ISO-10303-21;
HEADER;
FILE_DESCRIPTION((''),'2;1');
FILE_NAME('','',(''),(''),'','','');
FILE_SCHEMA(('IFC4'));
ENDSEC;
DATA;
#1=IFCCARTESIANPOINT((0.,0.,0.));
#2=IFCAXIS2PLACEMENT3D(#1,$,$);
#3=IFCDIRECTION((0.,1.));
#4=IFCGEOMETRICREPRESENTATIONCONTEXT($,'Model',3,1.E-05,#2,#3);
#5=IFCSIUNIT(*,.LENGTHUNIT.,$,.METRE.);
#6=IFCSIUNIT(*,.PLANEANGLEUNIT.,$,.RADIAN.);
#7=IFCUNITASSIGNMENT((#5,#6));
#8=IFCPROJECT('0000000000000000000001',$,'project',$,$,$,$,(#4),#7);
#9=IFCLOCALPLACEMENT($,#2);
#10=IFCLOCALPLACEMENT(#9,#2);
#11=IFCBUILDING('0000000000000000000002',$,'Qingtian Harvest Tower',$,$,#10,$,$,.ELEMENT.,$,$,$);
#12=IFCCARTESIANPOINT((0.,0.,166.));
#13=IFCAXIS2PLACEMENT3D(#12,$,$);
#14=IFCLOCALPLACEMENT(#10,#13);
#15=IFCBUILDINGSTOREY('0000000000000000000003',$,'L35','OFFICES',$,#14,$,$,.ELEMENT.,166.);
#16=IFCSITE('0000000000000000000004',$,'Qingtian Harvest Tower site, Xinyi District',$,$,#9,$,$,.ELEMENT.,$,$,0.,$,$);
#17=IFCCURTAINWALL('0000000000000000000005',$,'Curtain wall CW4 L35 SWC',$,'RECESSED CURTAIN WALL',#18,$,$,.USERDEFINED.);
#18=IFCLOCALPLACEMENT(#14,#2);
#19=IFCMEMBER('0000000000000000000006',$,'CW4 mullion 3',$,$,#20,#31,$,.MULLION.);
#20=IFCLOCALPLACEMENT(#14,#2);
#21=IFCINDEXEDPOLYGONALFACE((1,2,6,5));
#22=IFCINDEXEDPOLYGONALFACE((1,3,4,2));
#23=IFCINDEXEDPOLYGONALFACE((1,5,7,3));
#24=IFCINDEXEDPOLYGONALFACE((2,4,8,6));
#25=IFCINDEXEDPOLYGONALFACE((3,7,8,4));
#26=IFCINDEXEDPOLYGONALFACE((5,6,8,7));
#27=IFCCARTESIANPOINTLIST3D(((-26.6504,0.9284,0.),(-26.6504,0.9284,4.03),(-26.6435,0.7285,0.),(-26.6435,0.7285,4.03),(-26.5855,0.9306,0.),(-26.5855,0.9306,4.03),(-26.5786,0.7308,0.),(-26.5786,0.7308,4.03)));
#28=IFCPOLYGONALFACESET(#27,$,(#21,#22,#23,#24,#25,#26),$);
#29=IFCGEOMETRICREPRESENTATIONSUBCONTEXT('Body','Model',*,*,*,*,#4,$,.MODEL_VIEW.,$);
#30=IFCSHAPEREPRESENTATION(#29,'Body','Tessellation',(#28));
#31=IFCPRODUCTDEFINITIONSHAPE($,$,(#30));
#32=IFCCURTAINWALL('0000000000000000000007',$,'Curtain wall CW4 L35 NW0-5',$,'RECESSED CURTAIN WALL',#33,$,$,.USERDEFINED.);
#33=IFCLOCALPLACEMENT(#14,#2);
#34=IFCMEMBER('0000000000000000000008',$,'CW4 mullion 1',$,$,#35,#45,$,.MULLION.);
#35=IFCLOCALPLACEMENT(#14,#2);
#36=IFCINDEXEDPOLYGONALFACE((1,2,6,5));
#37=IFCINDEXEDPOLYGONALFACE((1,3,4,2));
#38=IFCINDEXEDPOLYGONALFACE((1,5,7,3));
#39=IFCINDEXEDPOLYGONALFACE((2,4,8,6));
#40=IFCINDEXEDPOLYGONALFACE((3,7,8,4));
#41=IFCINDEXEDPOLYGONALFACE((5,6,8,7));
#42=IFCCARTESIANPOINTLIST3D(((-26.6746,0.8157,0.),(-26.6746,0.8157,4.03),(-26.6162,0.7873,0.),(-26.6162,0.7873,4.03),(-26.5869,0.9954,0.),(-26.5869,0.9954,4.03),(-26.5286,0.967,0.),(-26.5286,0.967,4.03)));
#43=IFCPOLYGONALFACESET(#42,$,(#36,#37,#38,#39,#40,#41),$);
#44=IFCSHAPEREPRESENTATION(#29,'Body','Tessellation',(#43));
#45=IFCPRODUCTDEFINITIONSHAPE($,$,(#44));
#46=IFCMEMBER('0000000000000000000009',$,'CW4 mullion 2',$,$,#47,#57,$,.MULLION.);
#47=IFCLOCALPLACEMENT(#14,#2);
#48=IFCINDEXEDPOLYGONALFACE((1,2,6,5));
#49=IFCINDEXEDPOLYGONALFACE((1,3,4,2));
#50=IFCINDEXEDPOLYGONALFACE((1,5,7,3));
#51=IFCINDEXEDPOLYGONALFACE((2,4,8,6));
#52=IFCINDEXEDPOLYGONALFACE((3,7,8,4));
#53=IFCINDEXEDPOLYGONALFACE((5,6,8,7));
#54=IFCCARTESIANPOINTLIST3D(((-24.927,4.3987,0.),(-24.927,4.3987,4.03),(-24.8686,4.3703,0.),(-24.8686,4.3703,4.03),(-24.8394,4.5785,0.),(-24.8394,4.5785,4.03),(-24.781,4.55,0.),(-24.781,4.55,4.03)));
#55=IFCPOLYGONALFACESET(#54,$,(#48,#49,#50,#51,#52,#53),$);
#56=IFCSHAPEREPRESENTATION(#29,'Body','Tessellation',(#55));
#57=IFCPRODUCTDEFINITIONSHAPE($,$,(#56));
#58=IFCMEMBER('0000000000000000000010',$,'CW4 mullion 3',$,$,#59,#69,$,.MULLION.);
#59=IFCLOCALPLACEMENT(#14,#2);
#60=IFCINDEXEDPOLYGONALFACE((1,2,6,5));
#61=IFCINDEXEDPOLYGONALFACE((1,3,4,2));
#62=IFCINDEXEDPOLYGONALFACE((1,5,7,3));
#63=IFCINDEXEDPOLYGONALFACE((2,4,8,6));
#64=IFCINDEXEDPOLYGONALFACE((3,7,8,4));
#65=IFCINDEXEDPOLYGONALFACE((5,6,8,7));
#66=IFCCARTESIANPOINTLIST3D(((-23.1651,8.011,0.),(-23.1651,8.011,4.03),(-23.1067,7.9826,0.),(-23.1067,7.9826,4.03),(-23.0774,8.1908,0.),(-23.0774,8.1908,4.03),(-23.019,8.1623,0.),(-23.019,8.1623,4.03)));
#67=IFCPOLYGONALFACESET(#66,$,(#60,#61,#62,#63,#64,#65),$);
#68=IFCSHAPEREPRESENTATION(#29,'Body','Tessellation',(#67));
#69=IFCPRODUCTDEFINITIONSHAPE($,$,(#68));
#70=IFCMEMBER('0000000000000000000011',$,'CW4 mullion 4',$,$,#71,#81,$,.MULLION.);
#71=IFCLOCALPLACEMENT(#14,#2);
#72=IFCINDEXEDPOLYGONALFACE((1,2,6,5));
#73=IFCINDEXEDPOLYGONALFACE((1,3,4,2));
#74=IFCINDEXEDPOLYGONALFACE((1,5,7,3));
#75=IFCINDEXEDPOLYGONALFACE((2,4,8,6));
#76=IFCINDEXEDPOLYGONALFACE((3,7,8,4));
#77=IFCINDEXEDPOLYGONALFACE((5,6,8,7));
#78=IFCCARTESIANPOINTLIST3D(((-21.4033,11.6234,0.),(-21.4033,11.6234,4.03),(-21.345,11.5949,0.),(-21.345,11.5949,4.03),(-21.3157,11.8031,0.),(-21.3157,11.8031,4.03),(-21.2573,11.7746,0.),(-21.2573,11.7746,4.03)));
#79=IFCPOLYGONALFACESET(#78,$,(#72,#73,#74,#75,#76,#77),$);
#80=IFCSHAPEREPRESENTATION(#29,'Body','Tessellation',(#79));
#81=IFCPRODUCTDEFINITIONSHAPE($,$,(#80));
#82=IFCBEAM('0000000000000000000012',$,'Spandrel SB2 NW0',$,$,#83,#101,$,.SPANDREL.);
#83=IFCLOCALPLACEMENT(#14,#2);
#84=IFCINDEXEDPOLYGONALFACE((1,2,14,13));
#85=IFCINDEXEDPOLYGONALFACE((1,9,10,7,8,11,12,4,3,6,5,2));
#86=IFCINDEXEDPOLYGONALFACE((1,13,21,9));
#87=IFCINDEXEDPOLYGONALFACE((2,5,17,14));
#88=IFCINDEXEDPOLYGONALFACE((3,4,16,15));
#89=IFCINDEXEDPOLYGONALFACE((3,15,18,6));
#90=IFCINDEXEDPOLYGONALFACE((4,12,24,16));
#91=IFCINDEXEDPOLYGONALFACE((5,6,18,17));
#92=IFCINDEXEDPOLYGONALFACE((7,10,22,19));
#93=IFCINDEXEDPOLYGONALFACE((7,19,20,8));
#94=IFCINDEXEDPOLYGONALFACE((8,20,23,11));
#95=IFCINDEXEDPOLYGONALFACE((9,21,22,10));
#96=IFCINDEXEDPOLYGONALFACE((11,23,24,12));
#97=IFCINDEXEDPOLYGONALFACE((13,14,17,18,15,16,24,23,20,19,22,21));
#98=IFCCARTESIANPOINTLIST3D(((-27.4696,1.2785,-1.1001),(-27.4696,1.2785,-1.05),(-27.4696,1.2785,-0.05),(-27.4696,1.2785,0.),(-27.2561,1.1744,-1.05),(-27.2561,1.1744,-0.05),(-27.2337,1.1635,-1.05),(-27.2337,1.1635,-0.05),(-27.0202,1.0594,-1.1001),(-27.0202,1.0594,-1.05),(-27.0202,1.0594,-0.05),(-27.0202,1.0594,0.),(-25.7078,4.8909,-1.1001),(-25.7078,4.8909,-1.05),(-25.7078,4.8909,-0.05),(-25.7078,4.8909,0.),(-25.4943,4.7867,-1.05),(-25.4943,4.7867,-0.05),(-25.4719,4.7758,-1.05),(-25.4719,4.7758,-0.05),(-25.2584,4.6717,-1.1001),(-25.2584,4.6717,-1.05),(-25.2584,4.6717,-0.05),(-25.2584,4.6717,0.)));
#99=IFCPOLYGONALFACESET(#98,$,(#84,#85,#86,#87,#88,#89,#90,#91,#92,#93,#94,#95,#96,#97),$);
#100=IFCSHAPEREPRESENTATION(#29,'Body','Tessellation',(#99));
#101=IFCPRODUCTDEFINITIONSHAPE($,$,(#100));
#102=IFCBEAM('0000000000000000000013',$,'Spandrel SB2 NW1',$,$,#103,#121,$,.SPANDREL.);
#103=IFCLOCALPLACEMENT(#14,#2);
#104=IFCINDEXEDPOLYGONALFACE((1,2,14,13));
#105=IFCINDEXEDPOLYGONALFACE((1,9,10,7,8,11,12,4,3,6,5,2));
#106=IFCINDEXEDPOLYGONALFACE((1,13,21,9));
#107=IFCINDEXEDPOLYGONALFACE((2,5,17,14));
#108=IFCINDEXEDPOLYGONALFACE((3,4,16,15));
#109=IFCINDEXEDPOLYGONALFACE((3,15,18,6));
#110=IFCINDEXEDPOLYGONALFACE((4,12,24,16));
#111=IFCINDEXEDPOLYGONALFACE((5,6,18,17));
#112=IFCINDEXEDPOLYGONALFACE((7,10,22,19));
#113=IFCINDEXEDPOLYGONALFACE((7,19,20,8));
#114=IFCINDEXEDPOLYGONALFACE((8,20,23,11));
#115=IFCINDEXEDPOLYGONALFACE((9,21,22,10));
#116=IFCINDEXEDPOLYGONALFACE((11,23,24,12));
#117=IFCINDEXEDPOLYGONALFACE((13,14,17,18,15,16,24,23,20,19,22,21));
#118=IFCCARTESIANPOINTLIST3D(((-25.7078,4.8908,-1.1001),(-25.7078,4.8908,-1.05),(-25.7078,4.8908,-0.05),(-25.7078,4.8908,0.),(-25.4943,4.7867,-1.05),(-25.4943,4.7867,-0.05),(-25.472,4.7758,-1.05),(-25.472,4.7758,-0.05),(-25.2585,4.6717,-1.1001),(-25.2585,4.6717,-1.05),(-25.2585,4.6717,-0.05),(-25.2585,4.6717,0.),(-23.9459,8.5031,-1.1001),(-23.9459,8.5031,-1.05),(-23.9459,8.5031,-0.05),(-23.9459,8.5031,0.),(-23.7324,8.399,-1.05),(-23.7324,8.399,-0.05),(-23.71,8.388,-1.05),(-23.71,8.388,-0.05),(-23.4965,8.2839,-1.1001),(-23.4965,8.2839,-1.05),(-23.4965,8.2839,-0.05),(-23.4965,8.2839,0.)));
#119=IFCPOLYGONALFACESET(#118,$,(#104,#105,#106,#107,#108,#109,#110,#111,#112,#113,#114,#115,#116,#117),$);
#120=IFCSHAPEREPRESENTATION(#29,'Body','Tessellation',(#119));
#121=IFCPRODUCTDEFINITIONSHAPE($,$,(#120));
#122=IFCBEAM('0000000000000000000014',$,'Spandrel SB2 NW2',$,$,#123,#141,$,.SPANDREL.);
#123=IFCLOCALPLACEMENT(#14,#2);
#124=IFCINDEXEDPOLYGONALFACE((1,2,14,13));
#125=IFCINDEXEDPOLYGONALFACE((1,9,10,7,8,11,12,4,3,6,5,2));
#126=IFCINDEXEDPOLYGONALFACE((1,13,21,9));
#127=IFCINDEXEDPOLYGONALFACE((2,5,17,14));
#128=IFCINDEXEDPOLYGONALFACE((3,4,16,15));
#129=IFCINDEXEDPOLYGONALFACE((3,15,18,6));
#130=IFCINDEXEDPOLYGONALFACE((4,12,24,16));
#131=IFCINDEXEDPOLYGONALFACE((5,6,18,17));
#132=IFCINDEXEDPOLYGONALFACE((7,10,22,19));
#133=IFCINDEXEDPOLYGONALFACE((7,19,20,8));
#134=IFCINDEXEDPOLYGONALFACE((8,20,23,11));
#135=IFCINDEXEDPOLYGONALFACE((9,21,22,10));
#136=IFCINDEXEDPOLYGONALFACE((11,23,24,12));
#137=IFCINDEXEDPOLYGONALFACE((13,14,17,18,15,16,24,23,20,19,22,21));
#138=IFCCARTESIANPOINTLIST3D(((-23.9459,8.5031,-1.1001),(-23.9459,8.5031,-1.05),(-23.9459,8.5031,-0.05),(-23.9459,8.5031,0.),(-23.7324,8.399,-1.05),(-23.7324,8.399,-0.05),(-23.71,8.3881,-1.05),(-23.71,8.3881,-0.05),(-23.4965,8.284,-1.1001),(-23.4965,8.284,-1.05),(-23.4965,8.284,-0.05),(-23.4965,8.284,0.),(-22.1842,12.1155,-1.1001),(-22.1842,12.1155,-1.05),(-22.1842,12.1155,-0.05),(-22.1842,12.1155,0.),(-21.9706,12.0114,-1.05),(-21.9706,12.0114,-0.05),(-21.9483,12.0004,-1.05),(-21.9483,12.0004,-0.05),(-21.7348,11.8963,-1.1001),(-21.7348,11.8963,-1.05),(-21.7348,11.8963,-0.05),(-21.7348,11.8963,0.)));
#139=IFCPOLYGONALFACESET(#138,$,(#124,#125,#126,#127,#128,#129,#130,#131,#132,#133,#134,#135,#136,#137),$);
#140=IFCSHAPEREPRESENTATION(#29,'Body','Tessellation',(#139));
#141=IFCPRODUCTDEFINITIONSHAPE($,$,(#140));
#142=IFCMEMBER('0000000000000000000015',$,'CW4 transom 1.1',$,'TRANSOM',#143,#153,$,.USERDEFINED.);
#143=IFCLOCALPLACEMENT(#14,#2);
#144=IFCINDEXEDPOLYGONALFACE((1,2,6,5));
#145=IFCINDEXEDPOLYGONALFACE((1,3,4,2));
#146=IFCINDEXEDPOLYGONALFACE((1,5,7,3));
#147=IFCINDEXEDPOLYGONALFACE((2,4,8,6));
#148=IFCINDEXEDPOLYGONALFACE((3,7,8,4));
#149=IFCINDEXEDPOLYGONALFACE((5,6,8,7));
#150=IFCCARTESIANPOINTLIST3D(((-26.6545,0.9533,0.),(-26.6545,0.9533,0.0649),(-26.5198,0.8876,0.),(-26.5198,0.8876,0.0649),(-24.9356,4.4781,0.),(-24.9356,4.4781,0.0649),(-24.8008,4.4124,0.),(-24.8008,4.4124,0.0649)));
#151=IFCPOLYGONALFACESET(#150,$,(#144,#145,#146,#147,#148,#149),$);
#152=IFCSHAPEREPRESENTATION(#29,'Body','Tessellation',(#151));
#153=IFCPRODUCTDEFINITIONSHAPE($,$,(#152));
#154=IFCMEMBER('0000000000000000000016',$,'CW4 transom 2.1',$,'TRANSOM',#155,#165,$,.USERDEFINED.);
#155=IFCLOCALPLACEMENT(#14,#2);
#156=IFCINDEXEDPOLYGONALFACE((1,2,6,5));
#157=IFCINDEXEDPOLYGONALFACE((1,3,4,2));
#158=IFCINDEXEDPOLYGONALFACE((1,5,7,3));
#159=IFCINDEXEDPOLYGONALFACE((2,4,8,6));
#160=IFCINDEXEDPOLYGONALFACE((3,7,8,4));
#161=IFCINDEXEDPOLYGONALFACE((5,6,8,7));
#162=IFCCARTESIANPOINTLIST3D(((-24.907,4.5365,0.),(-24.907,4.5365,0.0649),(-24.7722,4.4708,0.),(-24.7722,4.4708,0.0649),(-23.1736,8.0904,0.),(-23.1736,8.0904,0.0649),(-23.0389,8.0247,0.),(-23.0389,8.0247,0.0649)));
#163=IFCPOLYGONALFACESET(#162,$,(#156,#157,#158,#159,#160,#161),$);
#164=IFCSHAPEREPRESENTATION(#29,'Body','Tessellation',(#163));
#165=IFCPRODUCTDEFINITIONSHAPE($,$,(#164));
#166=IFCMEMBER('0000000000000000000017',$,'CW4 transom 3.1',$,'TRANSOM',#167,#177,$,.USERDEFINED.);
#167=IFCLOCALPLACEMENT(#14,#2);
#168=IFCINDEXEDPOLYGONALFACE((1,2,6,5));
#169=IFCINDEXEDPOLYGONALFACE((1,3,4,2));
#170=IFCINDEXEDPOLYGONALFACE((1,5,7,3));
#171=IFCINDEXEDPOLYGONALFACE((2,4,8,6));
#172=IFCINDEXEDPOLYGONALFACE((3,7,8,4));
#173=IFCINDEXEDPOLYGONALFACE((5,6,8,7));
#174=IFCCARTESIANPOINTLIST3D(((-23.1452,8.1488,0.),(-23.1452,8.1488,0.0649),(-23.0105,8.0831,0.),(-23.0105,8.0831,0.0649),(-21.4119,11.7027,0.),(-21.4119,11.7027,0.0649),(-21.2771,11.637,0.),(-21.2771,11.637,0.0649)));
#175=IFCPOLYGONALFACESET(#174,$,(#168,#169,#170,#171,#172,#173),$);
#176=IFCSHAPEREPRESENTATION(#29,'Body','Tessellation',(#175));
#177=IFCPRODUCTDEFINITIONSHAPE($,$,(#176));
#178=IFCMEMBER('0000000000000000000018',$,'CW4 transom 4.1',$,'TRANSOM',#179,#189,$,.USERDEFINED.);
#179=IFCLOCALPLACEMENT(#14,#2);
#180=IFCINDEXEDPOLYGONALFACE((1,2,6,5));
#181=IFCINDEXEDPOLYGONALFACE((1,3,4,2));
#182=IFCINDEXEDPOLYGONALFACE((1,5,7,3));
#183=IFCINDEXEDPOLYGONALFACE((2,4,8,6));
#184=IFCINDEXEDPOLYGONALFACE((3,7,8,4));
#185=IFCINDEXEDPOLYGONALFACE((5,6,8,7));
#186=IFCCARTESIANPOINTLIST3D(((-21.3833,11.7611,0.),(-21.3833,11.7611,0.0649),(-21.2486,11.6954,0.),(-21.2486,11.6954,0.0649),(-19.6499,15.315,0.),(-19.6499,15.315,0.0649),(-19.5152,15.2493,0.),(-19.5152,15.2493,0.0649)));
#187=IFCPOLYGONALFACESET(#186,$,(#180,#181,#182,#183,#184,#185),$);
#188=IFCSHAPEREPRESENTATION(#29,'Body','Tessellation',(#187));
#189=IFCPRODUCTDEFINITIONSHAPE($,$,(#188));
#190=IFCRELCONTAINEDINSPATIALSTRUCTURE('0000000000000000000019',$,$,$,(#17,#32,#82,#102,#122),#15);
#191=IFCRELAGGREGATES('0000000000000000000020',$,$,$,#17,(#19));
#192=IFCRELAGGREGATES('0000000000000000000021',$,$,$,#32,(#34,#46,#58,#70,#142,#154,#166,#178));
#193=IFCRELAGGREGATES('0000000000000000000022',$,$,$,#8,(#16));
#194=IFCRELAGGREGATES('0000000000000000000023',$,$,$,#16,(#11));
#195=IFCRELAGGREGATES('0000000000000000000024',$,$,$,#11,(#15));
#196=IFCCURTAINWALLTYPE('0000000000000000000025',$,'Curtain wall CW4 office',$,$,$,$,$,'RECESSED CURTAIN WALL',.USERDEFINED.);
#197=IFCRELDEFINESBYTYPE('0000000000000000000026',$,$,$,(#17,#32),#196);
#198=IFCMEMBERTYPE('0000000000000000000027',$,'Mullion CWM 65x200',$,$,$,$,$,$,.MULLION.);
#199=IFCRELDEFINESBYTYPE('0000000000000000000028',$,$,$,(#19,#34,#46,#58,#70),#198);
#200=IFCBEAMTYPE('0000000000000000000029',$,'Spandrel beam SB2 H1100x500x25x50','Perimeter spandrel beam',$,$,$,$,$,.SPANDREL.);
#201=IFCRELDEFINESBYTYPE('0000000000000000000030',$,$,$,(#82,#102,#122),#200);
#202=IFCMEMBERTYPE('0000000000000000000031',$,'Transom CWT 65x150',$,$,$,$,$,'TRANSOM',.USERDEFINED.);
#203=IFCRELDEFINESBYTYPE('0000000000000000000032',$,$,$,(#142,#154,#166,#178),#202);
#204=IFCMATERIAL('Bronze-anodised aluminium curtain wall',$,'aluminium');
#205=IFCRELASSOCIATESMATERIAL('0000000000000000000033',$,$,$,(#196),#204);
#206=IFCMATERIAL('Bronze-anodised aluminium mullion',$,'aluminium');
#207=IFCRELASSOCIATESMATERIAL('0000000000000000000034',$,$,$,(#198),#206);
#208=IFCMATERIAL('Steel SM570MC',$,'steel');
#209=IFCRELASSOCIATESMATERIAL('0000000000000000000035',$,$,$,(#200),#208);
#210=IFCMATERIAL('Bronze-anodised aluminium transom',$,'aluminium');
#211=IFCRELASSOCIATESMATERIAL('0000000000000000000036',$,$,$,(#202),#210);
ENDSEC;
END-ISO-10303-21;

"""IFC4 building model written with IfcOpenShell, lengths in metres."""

from ifc_helpers import new_model, si_unit, direction, frame, origin, origin_2d, place, context, subcontext, project, spatial, rectangle, i_section, extrude, material, material_profile, profile_set, type_object, element, aggregate, save


model = new_model("IFC4")

# Units and contexts
model_context = context("Model", 3, precision=1e-05, world=origin(), true_north=direction((0.0, 1.0)))
body_context = subcontext(model_context, "Body", "Model", "MODEL_VIEW")
ifc_project = project(units=[si_unit("LENGTHUNIT", "METRE"), si_unit("PLANEANGLEUNIT", "RADIAN")], contexts=[model_context])

# Site, building, storey
site_placement = place(None, origin())
site = spatial("IfcSite", under=ifc_project, at=site_placement, Name="Qingtian Harvest Tower site, Xinyi District", CompositionType="ELEMENT", RefElevation=0.0)
building_placement = place(site_placement, origin())
building = spatial("IfcBuilding", under=site, at=building_placement, Name="Qingtian Harvest Tower", CompositionType="ELEMENT")
storey_placement = place(building_placement, frame((0.0, 0.0, 166.0)))
storey = spatial("IfcBuildingStorey", under=building, at=storey_placement, Name="L35", Description="OFFICES", CompositionType="ELEMENT", Elevation=166.0)

# Curtain wall, member
ifc_material_1 = material(Name="Bronze-anodised aluminium curtain wall", Category="aluminium")
curtain_wall_type = type_object("IfcCurtainWallType", Name="Curtain wall CW4 office", ElementType="RECESSED CURTAIN WALL", PredefinedType="USERDEFINED", material=ifc_material_1)
curtain_wall_1_placement = place(storey_placement, origin())
curtain_wall_1 = element("IfcCurtainWall", 1, at=curtain_wall_1_placement, inside=storey, type_object=curtain_wall_type, Name="Curtain wall CW4 L35 SWC", ObjectType="RECESSED CURTAIN WALL", PredefinedType="USERDEFINED")
ifc_material_2 = material(Name="Bronze-anodised aluminium mullion", Category="aluminium")
ifc_material_profile_1 = material_profile(ifc_material_2, rectangle(XDim=0.0649, YDim=0.2, at=origin_2d()), Name="AL 65x200")
ifc_profile_set_1 = profile_set([ifc_material_profile_1], Name="Bronze-anodised aluminium mullion")
member_type_1 = type_object("IfcMemberType", Name="Mullion CWM 65x200", PredefinedType="MULLION", material=ifc_profile_set_1)
member_1_placement = place(storey_placement, frame((-26.6145, 0.8296, 0.0), z_axis=(0.0, 0.0, 1.0), x_axis=(-0.999391, -0.034899, 0.0)))
member_1 = element("IfcMember", 2, at=member_1_placement, type_object=member_type_1, Name="CW4 mullion 3", PredefinedType="MULLION", context=body_context, shape_type="SweptSolid", body=[
    extrude(rectangle(XDim=0.0649, YDim=0.2, at=origin_2d()), origin(), (0.0, 0.0, 1.0), 4.03),
])
aggregate(curtain_wall_1, [member_1])

# Curtain wall, members
curtain_wall_2_placement = place(storey_placement, origin())
curtain_wall_2 = element("IfcCurtainWall", 3, at=curtain_wall_2_placement, inside=storey, type_object=curtain_wall_type, Name="Curtain wall CW4 L35 NW0-5", ObjectType="RECESSED CURTAIN WALL", PredefinedType="USERDEFINED")
member_2_placement = place(storey_placement, frame((-26.6016, 0.8914, 0.0), z_axis=(0.0, 0.0, 1.0), x_axis=(-0.898794, 0.438371, 0.0)))
member_2 = element("IfcMember", 4, at=member_2_placement, type_object=member_type_1, Name="CW4 mullion 1", PredefinedType="MULLION", context=body_context, shape_type="SweptSolid", body=[
    extrude(rectangle(XDim=0.0649, YDim=0.2, at=origin_2d()), origin(), (0.0, 0.0, 1.0), 4.03),
])
member_3_placement = place(storey_placement, frame((-24.854, 4.4744, 0.0), z_axis=(0.0, 0.0, 1.0), x_axis=(-0.898794, 0.438371, 0.0)))
member_3 = element("IfcMember", 5, at=member_3_placement, type_object=member_type_1, Name="CW4 mullion 2", PredefinedType="MULLION", context=body_context, shape_type="SweptSolid", body=[
    extrude(rectangle(XDim=0.0649, YDim=0.2, at=origin_2d()), origin(), (0.0, 0.0, 1.0), 4.03),
])
member_4_placement = place(storey_placement, frame((-23.092, 8.0867, 0.0), z_axis=(0.0, 0.0, 1.0), x_axis=(-0.898794, 0.438371, 0.0)))
member_4 = element("IfcMember", 6, at=member_4_placement, type_object=member_type_1, Name="CW4 mullion 3", PredefinedType="MULLION", context=body_context, shape_type="SweptSolid", body=[
    extrude(rectangle(XDim=0.0649, YDim=0.2, at=origin_2d()), origin(), (0.0, 0.0, 1.0), 4.03),
])
member_5_placement = place(storey_placement, frame((-21.3303, 11.699, 0.0), z_axis=(0.0, 0.0, 1.0), x_axis=(-0.898794, 0.438371, 0.0)))
member_5 = element("IfcMember", 7, at=member_5_placement, type_object=member_type_1, Name="CW4 mullion 4", PredefinedType="MULLION", context=body_context, shape_type="SweptSolid", body=[
    extrude(rectangle(XDim=0.0649, YDim=0.2, at=origin_2d()), origin(), (0.0, 0.0, 1.0), 4.03),
])

# Beams
ifc_material_3 = material(Name="Steel SM570MC", Category="steel")
ifc_material_profile_2 = material_profile(ifc_material_3, i_section(OverallWidth=0.5, OverallDepth=1.1001, WebThickness=0.0249, FlangeThickness=0.05, at=origin_2d()), Name="H1100x500x25x50")
ifc_profile_set_2 = profile_set([ifc_material_profile_2], Name="Steel SM570MC")
beam_type_1 = type_object("IfcBeamType", Name="Spandrel beam SB2 H1100x500x25x50", Description="Perimeter spandrel beam", PredefinedType="SPANDREL", material=ifc_profile_set_2)
for number, where, z_axis, x_axis, name in (
    (8, (-27.2449, 1.1689, -0.55), (0.438347, 0.898806, 0.0), (-0.898806, 0.438347, 0.0), "Spandrel SB2 NW0"),
    (9, (-25.4832, 4.7812, -0.55), (0.438396, 0.898782, 0.0), (-0.898782, 0.438396, 0.0), "Spandrel SB2 NW1"),
    (10, (-23.7212, 8.3936, -0.55), (0.438347, 0.898806, 0.0), (-0.898806, 0.438347, 0.0), "Spandrel SB2 NW2"),
):
    element("IfcBeam", number, at=place(storey_placement, frame(where, z_axis=z_axis, x_axis=x_axis)), inside=storey, type_object=beam_type_1, Name=name, PredefinedType="SPANDREL", context=body_context, shape_type="SweptSolid", body=[
        extrude(i_section(OverallWidth=0.5, OverallDepth=1.1001, WebThickness=0.0249, FlangeThickness=0.05, at=origin_2d()), origin(), (0.0, 0.0, 1.0), 4.019),
    ])

# Members
ifc_material_4 = material(Name="Bronze-anodised aluminium transom", Category="aluminium")
ifc_material_profile_3 = material_profile(ifc_material_4, rectangle(XDim=0.1499, YDim=0.0649, at=origin_2d()), Name="AL 65x150")
ifc_profile_set_3 = profile_set([ifc_material_profile_3], Name="Bronze-anodised aluminium transom")
member_type_2 = type_object("IfcMemberType", Name="Transom CWT 65x150", ElementType="TRANSOM", PredefinedType="USERDEFINED", material=ifc_profile_set_3)
member_6_placement = place(storey_placement, frame((-26.5872, 0.9204, 0.0325), z_axis=(0.438327, 0.898816, 0.0), x_axis=(-0.898816, 0.438327, 0.0)))
member_6 = element("IfcMember", 11, at=member_6_placement, type_object=member_type_2, Name="CW4 transom 1.1", ObjectType="TRANSOM", PredefinedType="USERDEFINED", context=body_context, shape_type="SweptSolid", body=[
    extrude(rectangle(XDim=0.1499, YDim=0.0649, at=origin_2d()), origin(), (0.0, 0.0, 1.0), 3.9216),
])
member_7_placement = place(storey_placement, frame((-24.8396, 4.5037, 0.0325), z_axis=(0.438375, 0.898792, 0.0), x_axis=(-0.898792, 0.438375, 0.0)))
member_7 = element("IfcMember", 12, at=member_7_placement, type_object=member_type_2, Name="CW4 transom 2.1", ObjectType="TRANSOM", PredefinedType="USERDEFINED", context=body_context, shape_type="SweptSolid", body=[
    extrude(rectangle(XDim=0.1499, YDim=0.0649, at=origin_2d()), origin(), (0.0, 0.0, 1.0), 3.9541),
])
member_8_placement = place(storey_placement, frame((-23.0779, 8.116, 0.0325), z_axis=(0.438375, 0.898792, 0.0), x_axis=(-0.898792, 0.438375, 0.0)))
member_8 = element("IfcMember", 13, at=member_8_placement, type_object=member_type_2, Name="CW4 transom 3.1", ObjectType="TRANSOM", PredefinedType="USERDEFINED", context=body_context, shape_type="SweptSolid", body=[
    extrude(rectangle(XDim=0.1499, YDim=0.0649, at=origin_2d()), origin(), (0.0, 0.0, 1.0), 3.9541),
])
member_9_placement = place(storey_placement, frame((-21.3159, 11.7283, 0.0325), z_axis=(0.438375, 0.898792, 0.0), x_axis=(-0.898792, 0.438375, 0.0)))
member_9 = element("IfcMember", 14, at=member_9_placement, type_object=member_type_2, Name="CW4 transom 4.1", ObjectType="TRANSOM", PredefinedType="USERDEFINED", context=body_context, shape_type="SweptSolid", body=[
    extrude(rectangle(XDim=0.1499, YDim=0.0649, at=origin_2d()), origin(), (0.0, 0.0, 1.0), 3.9541),
])

aggregate(curtain_wall_2, [member_2, member_3, member_4, member_5, member_6, member_7, member_8, member_9])

save(model, "model.ifc")
